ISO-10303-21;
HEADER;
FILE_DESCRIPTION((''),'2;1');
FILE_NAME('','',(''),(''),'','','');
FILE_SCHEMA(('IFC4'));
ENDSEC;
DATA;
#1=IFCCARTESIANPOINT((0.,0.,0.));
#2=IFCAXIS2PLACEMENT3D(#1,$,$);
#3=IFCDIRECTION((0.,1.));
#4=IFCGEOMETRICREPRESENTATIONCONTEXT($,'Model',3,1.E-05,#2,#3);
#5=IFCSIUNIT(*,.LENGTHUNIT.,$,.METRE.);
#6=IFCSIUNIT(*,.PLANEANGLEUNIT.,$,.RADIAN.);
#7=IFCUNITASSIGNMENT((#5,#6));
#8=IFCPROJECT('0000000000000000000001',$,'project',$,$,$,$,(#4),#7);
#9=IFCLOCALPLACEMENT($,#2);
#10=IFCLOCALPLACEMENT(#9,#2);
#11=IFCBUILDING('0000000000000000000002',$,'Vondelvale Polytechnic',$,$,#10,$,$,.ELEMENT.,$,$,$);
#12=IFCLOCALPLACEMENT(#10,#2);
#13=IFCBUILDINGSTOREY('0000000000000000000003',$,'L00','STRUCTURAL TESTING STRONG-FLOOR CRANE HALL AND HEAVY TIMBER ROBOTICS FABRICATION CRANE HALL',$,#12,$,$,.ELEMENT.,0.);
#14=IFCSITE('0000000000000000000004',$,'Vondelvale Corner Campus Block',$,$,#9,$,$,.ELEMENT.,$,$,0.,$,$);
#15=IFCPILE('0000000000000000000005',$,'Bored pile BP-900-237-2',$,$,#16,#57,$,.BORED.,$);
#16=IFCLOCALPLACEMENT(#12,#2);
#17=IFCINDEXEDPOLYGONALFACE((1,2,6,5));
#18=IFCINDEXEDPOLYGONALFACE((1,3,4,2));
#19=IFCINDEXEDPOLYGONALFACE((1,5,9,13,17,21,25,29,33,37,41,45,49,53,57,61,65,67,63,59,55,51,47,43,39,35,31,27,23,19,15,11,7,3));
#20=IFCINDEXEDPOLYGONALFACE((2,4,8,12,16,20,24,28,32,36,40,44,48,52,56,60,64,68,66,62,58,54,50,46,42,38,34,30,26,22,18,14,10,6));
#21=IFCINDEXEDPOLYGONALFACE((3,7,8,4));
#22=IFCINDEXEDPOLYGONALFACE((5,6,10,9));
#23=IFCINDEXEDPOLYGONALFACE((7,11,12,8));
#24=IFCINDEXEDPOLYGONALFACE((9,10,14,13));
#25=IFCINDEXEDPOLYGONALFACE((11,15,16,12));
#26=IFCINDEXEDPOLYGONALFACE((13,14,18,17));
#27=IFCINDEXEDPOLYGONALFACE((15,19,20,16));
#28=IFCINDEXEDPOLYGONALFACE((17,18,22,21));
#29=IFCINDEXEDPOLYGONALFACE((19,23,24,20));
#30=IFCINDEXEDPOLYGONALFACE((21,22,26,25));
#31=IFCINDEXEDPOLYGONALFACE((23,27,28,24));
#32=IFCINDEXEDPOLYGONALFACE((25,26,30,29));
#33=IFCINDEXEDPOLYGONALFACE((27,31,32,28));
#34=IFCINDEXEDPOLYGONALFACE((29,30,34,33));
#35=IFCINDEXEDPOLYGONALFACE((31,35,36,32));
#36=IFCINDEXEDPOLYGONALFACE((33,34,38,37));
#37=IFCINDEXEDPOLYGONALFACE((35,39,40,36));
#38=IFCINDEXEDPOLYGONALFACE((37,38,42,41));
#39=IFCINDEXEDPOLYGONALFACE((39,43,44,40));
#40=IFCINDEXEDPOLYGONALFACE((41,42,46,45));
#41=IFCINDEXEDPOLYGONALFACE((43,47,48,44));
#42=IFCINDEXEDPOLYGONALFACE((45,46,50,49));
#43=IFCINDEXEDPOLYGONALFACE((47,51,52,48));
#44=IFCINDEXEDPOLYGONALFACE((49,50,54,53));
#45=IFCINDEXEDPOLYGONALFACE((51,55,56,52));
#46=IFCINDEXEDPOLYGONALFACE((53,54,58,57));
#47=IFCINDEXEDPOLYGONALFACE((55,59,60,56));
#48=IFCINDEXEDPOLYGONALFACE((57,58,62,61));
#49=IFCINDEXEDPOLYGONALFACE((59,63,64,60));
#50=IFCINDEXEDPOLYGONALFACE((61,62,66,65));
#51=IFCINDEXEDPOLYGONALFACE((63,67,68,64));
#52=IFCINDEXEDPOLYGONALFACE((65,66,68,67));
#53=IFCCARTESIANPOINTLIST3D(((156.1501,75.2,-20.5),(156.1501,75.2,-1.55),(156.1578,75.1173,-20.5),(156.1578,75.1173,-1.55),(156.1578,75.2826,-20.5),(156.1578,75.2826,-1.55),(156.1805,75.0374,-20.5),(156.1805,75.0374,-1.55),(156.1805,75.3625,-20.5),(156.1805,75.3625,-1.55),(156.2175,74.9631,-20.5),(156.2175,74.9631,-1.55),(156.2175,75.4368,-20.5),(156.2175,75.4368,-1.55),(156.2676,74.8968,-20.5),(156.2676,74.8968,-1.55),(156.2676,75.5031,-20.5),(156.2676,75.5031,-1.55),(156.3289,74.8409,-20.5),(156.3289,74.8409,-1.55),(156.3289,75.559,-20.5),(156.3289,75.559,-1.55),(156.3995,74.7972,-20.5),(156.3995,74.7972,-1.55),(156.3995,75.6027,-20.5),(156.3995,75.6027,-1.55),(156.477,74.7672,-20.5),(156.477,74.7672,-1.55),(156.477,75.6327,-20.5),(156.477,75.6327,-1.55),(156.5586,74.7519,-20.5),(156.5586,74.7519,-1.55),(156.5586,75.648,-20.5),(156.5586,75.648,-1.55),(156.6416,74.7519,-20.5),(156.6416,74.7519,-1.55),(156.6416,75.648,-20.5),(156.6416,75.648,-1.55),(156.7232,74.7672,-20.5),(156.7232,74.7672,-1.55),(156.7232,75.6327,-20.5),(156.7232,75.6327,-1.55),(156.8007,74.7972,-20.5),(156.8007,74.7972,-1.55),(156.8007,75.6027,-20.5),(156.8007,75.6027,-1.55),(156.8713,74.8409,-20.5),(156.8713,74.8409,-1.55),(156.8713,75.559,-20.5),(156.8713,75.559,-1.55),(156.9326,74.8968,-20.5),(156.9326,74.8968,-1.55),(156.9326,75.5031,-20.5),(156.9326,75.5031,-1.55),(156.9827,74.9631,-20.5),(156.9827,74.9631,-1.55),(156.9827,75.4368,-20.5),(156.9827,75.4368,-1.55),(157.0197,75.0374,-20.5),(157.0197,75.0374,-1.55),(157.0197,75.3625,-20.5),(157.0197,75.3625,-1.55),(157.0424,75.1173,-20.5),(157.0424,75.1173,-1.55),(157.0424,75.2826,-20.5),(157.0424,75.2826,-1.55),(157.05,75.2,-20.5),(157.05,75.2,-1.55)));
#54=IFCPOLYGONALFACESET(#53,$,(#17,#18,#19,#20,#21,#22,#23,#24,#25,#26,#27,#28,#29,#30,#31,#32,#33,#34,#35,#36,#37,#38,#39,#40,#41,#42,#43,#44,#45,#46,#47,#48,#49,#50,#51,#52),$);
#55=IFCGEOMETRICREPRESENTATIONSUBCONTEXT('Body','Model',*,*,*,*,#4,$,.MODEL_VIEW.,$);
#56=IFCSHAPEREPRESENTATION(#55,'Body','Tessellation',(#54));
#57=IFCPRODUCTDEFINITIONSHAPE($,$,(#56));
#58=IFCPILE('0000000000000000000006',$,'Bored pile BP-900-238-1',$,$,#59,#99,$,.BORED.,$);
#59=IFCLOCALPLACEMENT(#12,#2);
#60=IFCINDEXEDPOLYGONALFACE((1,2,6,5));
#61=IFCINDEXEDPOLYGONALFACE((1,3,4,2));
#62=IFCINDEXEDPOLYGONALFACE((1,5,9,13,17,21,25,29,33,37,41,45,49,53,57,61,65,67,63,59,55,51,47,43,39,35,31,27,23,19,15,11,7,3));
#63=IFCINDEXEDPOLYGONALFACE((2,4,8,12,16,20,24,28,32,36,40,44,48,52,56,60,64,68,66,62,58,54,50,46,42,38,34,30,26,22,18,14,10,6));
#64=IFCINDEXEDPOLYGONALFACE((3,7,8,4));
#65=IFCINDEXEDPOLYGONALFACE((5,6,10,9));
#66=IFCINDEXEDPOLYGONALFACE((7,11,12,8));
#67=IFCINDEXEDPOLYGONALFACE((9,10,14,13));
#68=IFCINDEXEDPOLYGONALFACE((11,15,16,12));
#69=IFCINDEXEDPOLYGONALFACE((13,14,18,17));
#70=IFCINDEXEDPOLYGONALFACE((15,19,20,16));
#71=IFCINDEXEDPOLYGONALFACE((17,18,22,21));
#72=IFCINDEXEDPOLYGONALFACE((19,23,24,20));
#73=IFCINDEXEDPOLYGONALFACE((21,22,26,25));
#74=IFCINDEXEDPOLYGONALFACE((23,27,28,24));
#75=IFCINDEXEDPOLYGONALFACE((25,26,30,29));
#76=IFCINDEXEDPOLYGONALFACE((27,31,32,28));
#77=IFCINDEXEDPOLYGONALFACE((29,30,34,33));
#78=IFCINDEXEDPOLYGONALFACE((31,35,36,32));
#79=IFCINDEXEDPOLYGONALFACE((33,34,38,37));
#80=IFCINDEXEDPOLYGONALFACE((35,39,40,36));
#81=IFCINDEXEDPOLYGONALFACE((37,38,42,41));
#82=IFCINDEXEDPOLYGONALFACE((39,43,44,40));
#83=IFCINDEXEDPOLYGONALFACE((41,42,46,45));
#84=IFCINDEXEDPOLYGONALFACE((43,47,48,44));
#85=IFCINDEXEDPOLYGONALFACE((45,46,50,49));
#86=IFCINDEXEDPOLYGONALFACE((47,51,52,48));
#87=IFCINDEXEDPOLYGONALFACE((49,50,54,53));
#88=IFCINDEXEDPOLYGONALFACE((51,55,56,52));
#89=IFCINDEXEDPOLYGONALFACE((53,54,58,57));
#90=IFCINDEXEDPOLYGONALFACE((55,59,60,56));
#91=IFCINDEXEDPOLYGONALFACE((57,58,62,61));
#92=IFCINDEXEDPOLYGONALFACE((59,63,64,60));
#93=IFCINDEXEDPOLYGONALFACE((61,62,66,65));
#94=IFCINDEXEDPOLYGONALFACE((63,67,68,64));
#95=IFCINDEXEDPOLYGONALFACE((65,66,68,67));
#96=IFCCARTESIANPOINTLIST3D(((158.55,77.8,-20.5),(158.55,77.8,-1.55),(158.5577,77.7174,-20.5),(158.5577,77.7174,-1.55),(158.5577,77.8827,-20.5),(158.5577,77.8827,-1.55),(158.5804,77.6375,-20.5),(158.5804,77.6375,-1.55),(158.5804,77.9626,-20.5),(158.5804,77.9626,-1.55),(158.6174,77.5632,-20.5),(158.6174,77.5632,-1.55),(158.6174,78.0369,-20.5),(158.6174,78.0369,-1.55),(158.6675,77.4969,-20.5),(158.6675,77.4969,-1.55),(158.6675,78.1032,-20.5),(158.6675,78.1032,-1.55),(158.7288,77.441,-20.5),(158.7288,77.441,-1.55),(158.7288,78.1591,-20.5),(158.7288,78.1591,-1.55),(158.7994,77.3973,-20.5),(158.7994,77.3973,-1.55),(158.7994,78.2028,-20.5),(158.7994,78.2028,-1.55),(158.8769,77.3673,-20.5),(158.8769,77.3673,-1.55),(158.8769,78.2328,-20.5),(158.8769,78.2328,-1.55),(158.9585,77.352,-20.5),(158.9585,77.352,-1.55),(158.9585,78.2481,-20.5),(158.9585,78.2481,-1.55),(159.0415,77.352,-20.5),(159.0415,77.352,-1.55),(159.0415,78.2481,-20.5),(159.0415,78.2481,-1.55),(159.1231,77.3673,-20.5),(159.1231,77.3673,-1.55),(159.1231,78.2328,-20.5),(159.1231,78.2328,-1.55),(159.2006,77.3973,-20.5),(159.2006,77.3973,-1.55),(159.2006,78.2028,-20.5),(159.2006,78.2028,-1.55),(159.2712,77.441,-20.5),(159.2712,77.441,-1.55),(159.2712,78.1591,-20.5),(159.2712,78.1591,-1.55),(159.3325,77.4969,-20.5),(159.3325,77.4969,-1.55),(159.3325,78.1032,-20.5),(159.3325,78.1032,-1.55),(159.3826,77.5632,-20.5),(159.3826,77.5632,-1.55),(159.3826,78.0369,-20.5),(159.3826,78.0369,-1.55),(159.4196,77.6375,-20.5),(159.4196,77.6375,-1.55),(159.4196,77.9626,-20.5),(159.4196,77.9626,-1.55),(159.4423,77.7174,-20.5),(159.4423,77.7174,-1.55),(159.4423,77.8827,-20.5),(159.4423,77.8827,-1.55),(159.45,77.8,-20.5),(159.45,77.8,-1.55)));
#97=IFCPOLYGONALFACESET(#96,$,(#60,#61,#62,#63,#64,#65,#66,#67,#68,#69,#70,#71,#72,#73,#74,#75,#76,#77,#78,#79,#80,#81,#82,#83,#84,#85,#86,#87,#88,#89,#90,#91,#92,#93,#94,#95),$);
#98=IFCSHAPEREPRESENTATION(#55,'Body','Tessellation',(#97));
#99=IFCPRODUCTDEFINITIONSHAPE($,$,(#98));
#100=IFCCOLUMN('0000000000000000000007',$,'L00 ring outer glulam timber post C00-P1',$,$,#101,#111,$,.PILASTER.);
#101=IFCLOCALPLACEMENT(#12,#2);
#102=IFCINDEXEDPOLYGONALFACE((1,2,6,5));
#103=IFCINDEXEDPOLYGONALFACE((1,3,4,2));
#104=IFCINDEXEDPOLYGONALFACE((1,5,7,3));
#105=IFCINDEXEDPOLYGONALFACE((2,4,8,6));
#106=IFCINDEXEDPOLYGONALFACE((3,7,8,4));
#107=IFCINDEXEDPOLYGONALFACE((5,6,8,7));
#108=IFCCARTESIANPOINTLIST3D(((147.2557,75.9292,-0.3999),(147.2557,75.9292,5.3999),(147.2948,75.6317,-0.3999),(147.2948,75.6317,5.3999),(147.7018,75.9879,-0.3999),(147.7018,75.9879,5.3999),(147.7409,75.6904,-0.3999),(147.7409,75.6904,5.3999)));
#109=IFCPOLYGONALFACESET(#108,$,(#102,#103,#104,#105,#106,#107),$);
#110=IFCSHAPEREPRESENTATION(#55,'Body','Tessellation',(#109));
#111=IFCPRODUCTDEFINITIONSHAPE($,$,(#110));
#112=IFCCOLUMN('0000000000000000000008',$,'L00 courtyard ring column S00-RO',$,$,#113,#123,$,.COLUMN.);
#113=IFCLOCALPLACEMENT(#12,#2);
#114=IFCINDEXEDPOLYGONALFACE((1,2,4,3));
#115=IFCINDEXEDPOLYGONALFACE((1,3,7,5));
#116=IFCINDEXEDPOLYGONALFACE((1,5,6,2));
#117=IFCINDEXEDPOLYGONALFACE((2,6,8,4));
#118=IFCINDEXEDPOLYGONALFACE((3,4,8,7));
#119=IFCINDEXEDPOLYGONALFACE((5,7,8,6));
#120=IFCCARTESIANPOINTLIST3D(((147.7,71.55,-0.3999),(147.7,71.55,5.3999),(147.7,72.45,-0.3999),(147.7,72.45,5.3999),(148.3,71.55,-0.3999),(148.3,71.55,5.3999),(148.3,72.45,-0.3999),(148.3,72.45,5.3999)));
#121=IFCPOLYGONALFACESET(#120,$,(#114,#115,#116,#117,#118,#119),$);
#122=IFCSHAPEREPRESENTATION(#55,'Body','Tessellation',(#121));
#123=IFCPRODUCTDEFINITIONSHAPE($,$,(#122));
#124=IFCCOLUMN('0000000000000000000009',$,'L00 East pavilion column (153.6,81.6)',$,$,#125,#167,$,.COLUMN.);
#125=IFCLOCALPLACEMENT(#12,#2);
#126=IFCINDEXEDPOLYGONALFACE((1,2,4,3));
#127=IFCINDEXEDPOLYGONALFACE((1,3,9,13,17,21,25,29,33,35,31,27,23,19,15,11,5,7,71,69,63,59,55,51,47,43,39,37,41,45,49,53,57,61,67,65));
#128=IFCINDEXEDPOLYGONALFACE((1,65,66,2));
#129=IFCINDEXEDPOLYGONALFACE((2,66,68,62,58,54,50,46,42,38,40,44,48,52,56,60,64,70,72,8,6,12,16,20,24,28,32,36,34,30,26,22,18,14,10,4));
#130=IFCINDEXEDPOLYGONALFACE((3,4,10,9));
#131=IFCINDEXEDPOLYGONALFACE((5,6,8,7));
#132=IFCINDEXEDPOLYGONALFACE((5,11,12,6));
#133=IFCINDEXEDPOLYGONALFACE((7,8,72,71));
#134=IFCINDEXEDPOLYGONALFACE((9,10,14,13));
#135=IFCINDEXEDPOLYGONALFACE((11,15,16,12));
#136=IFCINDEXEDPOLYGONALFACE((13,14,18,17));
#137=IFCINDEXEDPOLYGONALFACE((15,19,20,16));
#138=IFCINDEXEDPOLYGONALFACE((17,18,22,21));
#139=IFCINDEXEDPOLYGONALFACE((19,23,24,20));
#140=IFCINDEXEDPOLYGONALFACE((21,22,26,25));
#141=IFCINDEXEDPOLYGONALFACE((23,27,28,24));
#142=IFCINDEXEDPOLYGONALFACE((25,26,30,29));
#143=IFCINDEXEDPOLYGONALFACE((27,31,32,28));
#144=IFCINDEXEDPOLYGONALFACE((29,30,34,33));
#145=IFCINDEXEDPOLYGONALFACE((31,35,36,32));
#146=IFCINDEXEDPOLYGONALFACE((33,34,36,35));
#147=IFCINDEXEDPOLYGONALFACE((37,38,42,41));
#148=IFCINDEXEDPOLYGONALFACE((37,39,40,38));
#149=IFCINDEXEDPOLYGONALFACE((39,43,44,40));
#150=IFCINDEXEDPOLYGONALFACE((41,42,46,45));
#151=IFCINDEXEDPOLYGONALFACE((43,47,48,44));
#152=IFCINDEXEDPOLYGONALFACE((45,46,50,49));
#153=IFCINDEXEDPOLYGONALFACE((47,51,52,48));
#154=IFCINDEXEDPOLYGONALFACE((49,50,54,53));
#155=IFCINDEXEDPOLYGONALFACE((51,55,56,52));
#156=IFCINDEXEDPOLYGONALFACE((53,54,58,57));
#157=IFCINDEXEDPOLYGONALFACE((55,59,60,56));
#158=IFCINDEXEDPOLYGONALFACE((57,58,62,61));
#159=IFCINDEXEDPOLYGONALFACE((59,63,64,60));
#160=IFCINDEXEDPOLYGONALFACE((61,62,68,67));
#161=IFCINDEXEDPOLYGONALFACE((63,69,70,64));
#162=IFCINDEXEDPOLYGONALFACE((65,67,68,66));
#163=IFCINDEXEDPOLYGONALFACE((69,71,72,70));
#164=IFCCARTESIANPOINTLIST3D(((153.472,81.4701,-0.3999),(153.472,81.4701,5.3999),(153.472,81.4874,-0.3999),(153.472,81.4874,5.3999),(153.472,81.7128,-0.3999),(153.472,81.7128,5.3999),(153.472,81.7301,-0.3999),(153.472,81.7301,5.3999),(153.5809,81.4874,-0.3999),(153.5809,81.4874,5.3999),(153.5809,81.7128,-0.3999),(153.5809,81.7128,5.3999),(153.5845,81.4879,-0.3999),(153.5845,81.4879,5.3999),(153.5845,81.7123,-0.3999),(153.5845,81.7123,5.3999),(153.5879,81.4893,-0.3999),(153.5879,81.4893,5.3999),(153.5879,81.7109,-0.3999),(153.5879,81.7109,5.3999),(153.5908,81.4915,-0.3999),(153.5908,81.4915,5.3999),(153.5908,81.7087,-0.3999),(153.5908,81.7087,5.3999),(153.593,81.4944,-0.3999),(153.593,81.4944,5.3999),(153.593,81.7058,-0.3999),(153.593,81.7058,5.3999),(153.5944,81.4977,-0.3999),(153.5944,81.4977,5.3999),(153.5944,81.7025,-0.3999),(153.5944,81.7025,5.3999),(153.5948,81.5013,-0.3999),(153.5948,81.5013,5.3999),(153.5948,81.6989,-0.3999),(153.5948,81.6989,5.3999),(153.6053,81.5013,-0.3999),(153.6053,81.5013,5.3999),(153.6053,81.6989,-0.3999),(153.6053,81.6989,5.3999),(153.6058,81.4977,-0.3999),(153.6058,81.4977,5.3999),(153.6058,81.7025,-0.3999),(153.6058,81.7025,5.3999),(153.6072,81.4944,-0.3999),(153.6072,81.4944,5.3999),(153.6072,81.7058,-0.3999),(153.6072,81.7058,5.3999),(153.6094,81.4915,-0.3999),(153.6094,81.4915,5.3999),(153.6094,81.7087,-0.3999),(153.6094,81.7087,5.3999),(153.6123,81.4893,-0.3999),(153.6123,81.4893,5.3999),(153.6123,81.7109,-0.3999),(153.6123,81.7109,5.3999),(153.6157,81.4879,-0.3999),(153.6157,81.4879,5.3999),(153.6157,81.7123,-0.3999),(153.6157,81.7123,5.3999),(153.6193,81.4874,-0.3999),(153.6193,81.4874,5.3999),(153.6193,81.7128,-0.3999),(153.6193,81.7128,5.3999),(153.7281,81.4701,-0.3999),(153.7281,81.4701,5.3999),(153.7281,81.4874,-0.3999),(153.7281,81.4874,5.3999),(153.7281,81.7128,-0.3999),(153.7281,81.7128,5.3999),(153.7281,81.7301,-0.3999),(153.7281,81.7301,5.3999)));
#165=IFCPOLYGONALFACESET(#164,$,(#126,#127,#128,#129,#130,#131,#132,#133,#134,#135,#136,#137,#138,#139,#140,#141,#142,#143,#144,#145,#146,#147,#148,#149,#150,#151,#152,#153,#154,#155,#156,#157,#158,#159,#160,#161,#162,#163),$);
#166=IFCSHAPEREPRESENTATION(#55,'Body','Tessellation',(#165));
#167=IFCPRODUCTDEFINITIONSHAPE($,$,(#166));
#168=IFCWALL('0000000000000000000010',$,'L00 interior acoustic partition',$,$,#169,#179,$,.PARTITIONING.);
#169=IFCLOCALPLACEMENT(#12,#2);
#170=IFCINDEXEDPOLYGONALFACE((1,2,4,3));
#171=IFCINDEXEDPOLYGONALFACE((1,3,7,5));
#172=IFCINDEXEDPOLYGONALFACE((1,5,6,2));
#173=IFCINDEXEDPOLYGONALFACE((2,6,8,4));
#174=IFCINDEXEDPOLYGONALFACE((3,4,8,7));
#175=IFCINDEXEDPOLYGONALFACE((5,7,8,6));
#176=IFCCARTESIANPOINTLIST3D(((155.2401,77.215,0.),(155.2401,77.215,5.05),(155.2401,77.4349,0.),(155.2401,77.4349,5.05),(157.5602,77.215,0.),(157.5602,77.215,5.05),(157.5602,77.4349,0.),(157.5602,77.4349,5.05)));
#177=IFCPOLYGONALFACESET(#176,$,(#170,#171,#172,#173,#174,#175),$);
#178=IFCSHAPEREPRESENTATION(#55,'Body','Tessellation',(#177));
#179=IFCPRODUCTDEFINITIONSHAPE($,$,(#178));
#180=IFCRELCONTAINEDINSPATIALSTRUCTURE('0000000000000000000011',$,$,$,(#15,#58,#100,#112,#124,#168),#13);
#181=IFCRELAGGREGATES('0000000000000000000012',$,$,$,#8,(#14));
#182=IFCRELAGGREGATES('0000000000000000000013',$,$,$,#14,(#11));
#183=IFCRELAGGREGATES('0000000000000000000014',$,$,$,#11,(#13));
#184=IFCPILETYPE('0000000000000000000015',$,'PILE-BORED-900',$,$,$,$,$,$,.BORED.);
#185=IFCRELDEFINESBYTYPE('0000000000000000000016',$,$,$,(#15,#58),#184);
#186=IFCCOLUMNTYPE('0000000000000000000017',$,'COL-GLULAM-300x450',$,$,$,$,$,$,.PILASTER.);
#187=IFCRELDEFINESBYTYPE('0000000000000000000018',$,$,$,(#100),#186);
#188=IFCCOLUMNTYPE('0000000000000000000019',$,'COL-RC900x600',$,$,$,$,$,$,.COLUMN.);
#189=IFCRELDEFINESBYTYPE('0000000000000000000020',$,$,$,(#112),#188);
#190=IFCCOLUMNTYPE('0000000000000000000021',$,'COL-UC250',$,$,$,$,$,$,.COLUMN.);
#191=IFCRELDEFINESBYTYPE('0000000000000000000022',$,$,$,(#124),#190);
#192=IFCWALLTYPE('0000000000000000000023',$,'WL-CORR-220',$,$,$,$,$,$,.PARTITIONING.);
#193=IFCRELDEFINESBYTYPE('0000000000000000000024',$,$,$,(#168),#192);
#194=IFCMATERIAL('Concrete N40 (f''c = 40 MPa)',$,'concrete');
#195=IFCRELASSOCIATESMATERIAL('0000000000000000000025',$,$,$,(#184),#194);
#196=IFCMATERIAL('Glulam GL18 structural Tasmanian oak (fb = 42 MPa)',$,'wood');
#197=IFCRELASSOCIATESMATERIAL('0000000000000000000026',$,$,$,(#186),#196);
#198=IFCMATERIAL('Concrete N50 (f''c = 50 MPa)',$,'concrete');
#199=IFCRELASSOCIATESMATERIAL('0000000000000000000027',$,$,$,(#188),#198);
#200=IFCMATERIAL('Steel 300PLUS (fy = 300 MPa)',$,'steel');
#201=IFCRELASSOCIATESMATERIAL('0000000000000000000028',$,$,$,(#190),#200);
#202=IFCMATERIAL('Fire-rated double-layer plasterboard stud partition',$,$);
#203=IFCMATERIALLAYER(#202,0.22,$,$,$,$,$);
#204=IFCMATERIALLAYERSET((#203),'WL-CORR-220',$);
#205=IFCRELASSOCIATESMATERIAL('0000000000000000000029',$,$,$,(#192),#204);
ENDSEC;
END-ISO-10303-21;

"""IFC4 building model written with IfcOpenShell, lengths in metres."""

from ifc_helpers import new_model, si_unit, direction, frame, frame_2d, origin, origin_2d, place, context, subcontext, project, spatial, rectangle, circle, i_section, extrude, material, layer, layer_set, material_profile, profile_set, type_object, element, save


model = new_model("IFC4")

# Units and contexts
model_context = context("Model", 3, precision=1e-05, world=origin(), true_north=direction((0.0, 1.0)))
body_context = subcontext(model_context, "Body", "Model", "MODEL_VIEW")
ifc_project = project(units=[si_unit("LENGTHUNIT", "METRE"), si_unit("PLANEANGLEUNIT", "RADIAN")], contexts=[model_context])

# Site, building, storey
site_placement = place(None, origin())
site = spatial("IfcSite", under=ifc_project, at=site_placement, Name="Vondelvale Corner Campus Block", CompositionType="ELEMENT", RefElevation=0.0)
building_placement = place(site_placement, origin())
building = spatial("IfcBuilding", under=site, at=building_placement, Name="Vondelvale Polytechnic", CompositionType="ELEMENT")
storey_placement = place(building_placement, origin())
storey = spatial("IfcBuildingStorey", under=building, at=storey_placement, Name="L00", Description="STRUCTURAL TESTING STRONG-FLOOR CRANE HALL AND HEAVY TIMBER ROBOTICS FABRICATION CRANE HALL", CompositionType="ELEMENT", Elevation=0.0)

# Shared definitions
ifc_material_1 = material(Name="Concrete N40 (f'c = 40 MPa)", Category="concrete")

# Piles
ifc_material_profile_1 = material_profile(ifc_material_1, circle(Radius=0.45, at=origin_2d()), Name="PILE-D900")
ifc_profile_set_1 = profile_set([ifc_material_profile_1], Name="Concrete N40 (f'c = 40 MPa)")
pile_type_1 = type_object("IfcPileType", Name="PILE-BORED-900", PredefinedType="BORED", material=ifc_profile_set_1)
for number, where, z_axis, x_axis, name in (
    (1, (156.6001, 75.2, -1.55), (0.0, 0.0, -1.0), (1.0, 0.0, 0.0), "Bored pile BP-900-237-2"),
    (2, (159.0, 77.8, -1.55), (0.0, 0.0, -1.0), (1.0, 0.0, 0.0), "Bored pile BP-900-238-1"),
):
    element("IfcPile", number, at=place(storey_placement, frame(where, z_axis=z_axis, x_axis=x_axis)), inside=storey, type_object=pile_type_1, Name=name, PredefinedType="BORED", context=body_context, shape_type="SweptSolid", body=[
        extrude(circle(Radius=0.45, at=origin_2d()), origin(), (0.0, 0.0, 1.0), 18.95),
    ])

# Columns
ifc_material_2 = material(Name="Glulam GL18 structural Tasmanian oak (fb = 42 MPa)", Category="wood")
ifc_material_profile_2 = material_profile(ifc_material_2, rectangle(XDim=0.3, YDim=0.45, at=origin_2d()), Name="GL-POST-300x450")
ifc_profile_set_2 = profile_set([ifc_material_profile_2], Name="Glulam GL18 structural Tasmanian oak (fb = 42 MPa)")
column_type_1 = type_object("IfcColumnType", Name="COL-GLULAM-300x450", PredefinedType="PILASTER", material=ifc_profile_set_2)
column_1_placement = place(storey_placement, frame((147.4983, 75.8098, -0.3999), z_axis=(0.0, 0.0, 1.0), x_axis=(-0.130526, 0.991445, 0.0)))
element("IfcColumn", 3, at=column_1_placement, inside=storey, type_object=column_type_1, Name="L00 ring outer glulam timber post C00-P1", PredefinedType="PILASTER", context=body_context, shape_type="SweptSolid", body=[
    extrude(rectangle(XDim=0.3, YDim=0.45, at=origin_2d()), origin(), (0.0, 0.0, 1.0), 5.7998),
])
ifc_material_3 = material(Name="Concrete N50 (f'c = 50 MPa)", Category="concrete")
ifc_material_profile_3 = material_profile(ifc_material_3, rectangle(XDim=0.6001, YDim=0.8999, at=origin_2d()), Name="RC-COL-900x600")
ifc_profile_set_3 = profile_set([ifc_material_profile_3], Name="Concrete N50 (f'c = 50 MPa)")
column_type_2 = type_object("IfcColumnType", Name="COL-RC900x600", PredefinedType="COLUMN", material=ifc_profile_set_3)
column_2_placement = place(storey_placement, frame((148.0, 72.0, -0.3999), z_axis=(0.0, 0.0, 1.0), x_axis=(1.0, 0.0, 0.0)))
element("IfcColumn", 4, at=column_2_placement, inside=storey, type_object=column_type_2, Name="L00 courtyard ring column S00-RO", PredefinedType="COLUMN", context=body_context, shape_type="SweptSolid", body=[
    extrude(rectangle(XDim=0.6001, YDim=0.8999, at=origin_2d()), origin(), (0.0, 0.0, 1.0), 5.7998),
])
ifc_material_4 = material(Name="Steel 300PLUS (fy = 300 MPa)", Category="steel")
ifc_material_profile_4 = material_profile(ifc_material_4, i_section(OverallWidth=0.2561, OverallDepth=0.26, WebThickness=0.0105, FlangeThickness=0.0173, FilletRadius=0.0139, at=origin_2d()), Name="250UC89.5")
ifc_profile_set_4 = profile_set([ifc_material_profile_4], Name="Steel 300PLUS (fy = 300 MPa)")
column_type_3 = type_object("IfcColumnType", Name="COL-UC250", PredefinedType="COLUMN", material=ifc_profile_set_4)
column_3_placement = place(storey_placement, frame((153.6001, 81.6001, -0.3999), z_axis=(0.0, 0.0, 1.0), x_axis=(1.0, 0.0, 0.0)))
element("IfcColumn", 5, at=column_3_placement, inside=storey, type_object=column_type_3, Name="L00 East pavilion column (153.6,81.6)", PredefinedType="COLUMN", context=body_context, shape_type="SweptSolid", body=[
    extrude(i_section(OverallWidth=0.2561, OverallDepth=0.26, WebThickness=0.0105, FlangeThickness=0.0173, FilletRadius=0.0139, at=origin_2d()), origin(), (0.0, 0.0, 1.0), 5.7998),
])

# Wall
ifc_material_5 = material(Name="Fire-rated double-layer plasterboard stud partition")
ifc_layer_1 = layer(ifc_material_5, 0.22)
ifc_layer_set_1 = layer_set([ifc_layer_1], Name="WL-CORR-220")
wall_type_1 = type_object("IfcWallType", Name="WL-CORR-220", PredefinedType="PARTITIONING", material=ifc_layer_set_1)
wall_1_placement = place(storey_placement, frame((155.24, 77.325, 0.0), z_axis=(0.0, 0.0, 1.0), x_axis=(1.0, 0.0, 0.0)))
element("IfcWall", 6, at=wall_1_placement, inside=storey, type_object=wall_type_1, Name="L00 interior acoustic partition", PredefinedType="PARTITIONING", context=body_context, shape_type="SweptSolid", body=[
    extrude(rectangle(XDim=2.3201, YDim=0.22, at=frame_2d((1.1602, 0.0))), origin(), (0.0, 0.0, 1.0), 5.05),
])

save(model, "model.ifc")
